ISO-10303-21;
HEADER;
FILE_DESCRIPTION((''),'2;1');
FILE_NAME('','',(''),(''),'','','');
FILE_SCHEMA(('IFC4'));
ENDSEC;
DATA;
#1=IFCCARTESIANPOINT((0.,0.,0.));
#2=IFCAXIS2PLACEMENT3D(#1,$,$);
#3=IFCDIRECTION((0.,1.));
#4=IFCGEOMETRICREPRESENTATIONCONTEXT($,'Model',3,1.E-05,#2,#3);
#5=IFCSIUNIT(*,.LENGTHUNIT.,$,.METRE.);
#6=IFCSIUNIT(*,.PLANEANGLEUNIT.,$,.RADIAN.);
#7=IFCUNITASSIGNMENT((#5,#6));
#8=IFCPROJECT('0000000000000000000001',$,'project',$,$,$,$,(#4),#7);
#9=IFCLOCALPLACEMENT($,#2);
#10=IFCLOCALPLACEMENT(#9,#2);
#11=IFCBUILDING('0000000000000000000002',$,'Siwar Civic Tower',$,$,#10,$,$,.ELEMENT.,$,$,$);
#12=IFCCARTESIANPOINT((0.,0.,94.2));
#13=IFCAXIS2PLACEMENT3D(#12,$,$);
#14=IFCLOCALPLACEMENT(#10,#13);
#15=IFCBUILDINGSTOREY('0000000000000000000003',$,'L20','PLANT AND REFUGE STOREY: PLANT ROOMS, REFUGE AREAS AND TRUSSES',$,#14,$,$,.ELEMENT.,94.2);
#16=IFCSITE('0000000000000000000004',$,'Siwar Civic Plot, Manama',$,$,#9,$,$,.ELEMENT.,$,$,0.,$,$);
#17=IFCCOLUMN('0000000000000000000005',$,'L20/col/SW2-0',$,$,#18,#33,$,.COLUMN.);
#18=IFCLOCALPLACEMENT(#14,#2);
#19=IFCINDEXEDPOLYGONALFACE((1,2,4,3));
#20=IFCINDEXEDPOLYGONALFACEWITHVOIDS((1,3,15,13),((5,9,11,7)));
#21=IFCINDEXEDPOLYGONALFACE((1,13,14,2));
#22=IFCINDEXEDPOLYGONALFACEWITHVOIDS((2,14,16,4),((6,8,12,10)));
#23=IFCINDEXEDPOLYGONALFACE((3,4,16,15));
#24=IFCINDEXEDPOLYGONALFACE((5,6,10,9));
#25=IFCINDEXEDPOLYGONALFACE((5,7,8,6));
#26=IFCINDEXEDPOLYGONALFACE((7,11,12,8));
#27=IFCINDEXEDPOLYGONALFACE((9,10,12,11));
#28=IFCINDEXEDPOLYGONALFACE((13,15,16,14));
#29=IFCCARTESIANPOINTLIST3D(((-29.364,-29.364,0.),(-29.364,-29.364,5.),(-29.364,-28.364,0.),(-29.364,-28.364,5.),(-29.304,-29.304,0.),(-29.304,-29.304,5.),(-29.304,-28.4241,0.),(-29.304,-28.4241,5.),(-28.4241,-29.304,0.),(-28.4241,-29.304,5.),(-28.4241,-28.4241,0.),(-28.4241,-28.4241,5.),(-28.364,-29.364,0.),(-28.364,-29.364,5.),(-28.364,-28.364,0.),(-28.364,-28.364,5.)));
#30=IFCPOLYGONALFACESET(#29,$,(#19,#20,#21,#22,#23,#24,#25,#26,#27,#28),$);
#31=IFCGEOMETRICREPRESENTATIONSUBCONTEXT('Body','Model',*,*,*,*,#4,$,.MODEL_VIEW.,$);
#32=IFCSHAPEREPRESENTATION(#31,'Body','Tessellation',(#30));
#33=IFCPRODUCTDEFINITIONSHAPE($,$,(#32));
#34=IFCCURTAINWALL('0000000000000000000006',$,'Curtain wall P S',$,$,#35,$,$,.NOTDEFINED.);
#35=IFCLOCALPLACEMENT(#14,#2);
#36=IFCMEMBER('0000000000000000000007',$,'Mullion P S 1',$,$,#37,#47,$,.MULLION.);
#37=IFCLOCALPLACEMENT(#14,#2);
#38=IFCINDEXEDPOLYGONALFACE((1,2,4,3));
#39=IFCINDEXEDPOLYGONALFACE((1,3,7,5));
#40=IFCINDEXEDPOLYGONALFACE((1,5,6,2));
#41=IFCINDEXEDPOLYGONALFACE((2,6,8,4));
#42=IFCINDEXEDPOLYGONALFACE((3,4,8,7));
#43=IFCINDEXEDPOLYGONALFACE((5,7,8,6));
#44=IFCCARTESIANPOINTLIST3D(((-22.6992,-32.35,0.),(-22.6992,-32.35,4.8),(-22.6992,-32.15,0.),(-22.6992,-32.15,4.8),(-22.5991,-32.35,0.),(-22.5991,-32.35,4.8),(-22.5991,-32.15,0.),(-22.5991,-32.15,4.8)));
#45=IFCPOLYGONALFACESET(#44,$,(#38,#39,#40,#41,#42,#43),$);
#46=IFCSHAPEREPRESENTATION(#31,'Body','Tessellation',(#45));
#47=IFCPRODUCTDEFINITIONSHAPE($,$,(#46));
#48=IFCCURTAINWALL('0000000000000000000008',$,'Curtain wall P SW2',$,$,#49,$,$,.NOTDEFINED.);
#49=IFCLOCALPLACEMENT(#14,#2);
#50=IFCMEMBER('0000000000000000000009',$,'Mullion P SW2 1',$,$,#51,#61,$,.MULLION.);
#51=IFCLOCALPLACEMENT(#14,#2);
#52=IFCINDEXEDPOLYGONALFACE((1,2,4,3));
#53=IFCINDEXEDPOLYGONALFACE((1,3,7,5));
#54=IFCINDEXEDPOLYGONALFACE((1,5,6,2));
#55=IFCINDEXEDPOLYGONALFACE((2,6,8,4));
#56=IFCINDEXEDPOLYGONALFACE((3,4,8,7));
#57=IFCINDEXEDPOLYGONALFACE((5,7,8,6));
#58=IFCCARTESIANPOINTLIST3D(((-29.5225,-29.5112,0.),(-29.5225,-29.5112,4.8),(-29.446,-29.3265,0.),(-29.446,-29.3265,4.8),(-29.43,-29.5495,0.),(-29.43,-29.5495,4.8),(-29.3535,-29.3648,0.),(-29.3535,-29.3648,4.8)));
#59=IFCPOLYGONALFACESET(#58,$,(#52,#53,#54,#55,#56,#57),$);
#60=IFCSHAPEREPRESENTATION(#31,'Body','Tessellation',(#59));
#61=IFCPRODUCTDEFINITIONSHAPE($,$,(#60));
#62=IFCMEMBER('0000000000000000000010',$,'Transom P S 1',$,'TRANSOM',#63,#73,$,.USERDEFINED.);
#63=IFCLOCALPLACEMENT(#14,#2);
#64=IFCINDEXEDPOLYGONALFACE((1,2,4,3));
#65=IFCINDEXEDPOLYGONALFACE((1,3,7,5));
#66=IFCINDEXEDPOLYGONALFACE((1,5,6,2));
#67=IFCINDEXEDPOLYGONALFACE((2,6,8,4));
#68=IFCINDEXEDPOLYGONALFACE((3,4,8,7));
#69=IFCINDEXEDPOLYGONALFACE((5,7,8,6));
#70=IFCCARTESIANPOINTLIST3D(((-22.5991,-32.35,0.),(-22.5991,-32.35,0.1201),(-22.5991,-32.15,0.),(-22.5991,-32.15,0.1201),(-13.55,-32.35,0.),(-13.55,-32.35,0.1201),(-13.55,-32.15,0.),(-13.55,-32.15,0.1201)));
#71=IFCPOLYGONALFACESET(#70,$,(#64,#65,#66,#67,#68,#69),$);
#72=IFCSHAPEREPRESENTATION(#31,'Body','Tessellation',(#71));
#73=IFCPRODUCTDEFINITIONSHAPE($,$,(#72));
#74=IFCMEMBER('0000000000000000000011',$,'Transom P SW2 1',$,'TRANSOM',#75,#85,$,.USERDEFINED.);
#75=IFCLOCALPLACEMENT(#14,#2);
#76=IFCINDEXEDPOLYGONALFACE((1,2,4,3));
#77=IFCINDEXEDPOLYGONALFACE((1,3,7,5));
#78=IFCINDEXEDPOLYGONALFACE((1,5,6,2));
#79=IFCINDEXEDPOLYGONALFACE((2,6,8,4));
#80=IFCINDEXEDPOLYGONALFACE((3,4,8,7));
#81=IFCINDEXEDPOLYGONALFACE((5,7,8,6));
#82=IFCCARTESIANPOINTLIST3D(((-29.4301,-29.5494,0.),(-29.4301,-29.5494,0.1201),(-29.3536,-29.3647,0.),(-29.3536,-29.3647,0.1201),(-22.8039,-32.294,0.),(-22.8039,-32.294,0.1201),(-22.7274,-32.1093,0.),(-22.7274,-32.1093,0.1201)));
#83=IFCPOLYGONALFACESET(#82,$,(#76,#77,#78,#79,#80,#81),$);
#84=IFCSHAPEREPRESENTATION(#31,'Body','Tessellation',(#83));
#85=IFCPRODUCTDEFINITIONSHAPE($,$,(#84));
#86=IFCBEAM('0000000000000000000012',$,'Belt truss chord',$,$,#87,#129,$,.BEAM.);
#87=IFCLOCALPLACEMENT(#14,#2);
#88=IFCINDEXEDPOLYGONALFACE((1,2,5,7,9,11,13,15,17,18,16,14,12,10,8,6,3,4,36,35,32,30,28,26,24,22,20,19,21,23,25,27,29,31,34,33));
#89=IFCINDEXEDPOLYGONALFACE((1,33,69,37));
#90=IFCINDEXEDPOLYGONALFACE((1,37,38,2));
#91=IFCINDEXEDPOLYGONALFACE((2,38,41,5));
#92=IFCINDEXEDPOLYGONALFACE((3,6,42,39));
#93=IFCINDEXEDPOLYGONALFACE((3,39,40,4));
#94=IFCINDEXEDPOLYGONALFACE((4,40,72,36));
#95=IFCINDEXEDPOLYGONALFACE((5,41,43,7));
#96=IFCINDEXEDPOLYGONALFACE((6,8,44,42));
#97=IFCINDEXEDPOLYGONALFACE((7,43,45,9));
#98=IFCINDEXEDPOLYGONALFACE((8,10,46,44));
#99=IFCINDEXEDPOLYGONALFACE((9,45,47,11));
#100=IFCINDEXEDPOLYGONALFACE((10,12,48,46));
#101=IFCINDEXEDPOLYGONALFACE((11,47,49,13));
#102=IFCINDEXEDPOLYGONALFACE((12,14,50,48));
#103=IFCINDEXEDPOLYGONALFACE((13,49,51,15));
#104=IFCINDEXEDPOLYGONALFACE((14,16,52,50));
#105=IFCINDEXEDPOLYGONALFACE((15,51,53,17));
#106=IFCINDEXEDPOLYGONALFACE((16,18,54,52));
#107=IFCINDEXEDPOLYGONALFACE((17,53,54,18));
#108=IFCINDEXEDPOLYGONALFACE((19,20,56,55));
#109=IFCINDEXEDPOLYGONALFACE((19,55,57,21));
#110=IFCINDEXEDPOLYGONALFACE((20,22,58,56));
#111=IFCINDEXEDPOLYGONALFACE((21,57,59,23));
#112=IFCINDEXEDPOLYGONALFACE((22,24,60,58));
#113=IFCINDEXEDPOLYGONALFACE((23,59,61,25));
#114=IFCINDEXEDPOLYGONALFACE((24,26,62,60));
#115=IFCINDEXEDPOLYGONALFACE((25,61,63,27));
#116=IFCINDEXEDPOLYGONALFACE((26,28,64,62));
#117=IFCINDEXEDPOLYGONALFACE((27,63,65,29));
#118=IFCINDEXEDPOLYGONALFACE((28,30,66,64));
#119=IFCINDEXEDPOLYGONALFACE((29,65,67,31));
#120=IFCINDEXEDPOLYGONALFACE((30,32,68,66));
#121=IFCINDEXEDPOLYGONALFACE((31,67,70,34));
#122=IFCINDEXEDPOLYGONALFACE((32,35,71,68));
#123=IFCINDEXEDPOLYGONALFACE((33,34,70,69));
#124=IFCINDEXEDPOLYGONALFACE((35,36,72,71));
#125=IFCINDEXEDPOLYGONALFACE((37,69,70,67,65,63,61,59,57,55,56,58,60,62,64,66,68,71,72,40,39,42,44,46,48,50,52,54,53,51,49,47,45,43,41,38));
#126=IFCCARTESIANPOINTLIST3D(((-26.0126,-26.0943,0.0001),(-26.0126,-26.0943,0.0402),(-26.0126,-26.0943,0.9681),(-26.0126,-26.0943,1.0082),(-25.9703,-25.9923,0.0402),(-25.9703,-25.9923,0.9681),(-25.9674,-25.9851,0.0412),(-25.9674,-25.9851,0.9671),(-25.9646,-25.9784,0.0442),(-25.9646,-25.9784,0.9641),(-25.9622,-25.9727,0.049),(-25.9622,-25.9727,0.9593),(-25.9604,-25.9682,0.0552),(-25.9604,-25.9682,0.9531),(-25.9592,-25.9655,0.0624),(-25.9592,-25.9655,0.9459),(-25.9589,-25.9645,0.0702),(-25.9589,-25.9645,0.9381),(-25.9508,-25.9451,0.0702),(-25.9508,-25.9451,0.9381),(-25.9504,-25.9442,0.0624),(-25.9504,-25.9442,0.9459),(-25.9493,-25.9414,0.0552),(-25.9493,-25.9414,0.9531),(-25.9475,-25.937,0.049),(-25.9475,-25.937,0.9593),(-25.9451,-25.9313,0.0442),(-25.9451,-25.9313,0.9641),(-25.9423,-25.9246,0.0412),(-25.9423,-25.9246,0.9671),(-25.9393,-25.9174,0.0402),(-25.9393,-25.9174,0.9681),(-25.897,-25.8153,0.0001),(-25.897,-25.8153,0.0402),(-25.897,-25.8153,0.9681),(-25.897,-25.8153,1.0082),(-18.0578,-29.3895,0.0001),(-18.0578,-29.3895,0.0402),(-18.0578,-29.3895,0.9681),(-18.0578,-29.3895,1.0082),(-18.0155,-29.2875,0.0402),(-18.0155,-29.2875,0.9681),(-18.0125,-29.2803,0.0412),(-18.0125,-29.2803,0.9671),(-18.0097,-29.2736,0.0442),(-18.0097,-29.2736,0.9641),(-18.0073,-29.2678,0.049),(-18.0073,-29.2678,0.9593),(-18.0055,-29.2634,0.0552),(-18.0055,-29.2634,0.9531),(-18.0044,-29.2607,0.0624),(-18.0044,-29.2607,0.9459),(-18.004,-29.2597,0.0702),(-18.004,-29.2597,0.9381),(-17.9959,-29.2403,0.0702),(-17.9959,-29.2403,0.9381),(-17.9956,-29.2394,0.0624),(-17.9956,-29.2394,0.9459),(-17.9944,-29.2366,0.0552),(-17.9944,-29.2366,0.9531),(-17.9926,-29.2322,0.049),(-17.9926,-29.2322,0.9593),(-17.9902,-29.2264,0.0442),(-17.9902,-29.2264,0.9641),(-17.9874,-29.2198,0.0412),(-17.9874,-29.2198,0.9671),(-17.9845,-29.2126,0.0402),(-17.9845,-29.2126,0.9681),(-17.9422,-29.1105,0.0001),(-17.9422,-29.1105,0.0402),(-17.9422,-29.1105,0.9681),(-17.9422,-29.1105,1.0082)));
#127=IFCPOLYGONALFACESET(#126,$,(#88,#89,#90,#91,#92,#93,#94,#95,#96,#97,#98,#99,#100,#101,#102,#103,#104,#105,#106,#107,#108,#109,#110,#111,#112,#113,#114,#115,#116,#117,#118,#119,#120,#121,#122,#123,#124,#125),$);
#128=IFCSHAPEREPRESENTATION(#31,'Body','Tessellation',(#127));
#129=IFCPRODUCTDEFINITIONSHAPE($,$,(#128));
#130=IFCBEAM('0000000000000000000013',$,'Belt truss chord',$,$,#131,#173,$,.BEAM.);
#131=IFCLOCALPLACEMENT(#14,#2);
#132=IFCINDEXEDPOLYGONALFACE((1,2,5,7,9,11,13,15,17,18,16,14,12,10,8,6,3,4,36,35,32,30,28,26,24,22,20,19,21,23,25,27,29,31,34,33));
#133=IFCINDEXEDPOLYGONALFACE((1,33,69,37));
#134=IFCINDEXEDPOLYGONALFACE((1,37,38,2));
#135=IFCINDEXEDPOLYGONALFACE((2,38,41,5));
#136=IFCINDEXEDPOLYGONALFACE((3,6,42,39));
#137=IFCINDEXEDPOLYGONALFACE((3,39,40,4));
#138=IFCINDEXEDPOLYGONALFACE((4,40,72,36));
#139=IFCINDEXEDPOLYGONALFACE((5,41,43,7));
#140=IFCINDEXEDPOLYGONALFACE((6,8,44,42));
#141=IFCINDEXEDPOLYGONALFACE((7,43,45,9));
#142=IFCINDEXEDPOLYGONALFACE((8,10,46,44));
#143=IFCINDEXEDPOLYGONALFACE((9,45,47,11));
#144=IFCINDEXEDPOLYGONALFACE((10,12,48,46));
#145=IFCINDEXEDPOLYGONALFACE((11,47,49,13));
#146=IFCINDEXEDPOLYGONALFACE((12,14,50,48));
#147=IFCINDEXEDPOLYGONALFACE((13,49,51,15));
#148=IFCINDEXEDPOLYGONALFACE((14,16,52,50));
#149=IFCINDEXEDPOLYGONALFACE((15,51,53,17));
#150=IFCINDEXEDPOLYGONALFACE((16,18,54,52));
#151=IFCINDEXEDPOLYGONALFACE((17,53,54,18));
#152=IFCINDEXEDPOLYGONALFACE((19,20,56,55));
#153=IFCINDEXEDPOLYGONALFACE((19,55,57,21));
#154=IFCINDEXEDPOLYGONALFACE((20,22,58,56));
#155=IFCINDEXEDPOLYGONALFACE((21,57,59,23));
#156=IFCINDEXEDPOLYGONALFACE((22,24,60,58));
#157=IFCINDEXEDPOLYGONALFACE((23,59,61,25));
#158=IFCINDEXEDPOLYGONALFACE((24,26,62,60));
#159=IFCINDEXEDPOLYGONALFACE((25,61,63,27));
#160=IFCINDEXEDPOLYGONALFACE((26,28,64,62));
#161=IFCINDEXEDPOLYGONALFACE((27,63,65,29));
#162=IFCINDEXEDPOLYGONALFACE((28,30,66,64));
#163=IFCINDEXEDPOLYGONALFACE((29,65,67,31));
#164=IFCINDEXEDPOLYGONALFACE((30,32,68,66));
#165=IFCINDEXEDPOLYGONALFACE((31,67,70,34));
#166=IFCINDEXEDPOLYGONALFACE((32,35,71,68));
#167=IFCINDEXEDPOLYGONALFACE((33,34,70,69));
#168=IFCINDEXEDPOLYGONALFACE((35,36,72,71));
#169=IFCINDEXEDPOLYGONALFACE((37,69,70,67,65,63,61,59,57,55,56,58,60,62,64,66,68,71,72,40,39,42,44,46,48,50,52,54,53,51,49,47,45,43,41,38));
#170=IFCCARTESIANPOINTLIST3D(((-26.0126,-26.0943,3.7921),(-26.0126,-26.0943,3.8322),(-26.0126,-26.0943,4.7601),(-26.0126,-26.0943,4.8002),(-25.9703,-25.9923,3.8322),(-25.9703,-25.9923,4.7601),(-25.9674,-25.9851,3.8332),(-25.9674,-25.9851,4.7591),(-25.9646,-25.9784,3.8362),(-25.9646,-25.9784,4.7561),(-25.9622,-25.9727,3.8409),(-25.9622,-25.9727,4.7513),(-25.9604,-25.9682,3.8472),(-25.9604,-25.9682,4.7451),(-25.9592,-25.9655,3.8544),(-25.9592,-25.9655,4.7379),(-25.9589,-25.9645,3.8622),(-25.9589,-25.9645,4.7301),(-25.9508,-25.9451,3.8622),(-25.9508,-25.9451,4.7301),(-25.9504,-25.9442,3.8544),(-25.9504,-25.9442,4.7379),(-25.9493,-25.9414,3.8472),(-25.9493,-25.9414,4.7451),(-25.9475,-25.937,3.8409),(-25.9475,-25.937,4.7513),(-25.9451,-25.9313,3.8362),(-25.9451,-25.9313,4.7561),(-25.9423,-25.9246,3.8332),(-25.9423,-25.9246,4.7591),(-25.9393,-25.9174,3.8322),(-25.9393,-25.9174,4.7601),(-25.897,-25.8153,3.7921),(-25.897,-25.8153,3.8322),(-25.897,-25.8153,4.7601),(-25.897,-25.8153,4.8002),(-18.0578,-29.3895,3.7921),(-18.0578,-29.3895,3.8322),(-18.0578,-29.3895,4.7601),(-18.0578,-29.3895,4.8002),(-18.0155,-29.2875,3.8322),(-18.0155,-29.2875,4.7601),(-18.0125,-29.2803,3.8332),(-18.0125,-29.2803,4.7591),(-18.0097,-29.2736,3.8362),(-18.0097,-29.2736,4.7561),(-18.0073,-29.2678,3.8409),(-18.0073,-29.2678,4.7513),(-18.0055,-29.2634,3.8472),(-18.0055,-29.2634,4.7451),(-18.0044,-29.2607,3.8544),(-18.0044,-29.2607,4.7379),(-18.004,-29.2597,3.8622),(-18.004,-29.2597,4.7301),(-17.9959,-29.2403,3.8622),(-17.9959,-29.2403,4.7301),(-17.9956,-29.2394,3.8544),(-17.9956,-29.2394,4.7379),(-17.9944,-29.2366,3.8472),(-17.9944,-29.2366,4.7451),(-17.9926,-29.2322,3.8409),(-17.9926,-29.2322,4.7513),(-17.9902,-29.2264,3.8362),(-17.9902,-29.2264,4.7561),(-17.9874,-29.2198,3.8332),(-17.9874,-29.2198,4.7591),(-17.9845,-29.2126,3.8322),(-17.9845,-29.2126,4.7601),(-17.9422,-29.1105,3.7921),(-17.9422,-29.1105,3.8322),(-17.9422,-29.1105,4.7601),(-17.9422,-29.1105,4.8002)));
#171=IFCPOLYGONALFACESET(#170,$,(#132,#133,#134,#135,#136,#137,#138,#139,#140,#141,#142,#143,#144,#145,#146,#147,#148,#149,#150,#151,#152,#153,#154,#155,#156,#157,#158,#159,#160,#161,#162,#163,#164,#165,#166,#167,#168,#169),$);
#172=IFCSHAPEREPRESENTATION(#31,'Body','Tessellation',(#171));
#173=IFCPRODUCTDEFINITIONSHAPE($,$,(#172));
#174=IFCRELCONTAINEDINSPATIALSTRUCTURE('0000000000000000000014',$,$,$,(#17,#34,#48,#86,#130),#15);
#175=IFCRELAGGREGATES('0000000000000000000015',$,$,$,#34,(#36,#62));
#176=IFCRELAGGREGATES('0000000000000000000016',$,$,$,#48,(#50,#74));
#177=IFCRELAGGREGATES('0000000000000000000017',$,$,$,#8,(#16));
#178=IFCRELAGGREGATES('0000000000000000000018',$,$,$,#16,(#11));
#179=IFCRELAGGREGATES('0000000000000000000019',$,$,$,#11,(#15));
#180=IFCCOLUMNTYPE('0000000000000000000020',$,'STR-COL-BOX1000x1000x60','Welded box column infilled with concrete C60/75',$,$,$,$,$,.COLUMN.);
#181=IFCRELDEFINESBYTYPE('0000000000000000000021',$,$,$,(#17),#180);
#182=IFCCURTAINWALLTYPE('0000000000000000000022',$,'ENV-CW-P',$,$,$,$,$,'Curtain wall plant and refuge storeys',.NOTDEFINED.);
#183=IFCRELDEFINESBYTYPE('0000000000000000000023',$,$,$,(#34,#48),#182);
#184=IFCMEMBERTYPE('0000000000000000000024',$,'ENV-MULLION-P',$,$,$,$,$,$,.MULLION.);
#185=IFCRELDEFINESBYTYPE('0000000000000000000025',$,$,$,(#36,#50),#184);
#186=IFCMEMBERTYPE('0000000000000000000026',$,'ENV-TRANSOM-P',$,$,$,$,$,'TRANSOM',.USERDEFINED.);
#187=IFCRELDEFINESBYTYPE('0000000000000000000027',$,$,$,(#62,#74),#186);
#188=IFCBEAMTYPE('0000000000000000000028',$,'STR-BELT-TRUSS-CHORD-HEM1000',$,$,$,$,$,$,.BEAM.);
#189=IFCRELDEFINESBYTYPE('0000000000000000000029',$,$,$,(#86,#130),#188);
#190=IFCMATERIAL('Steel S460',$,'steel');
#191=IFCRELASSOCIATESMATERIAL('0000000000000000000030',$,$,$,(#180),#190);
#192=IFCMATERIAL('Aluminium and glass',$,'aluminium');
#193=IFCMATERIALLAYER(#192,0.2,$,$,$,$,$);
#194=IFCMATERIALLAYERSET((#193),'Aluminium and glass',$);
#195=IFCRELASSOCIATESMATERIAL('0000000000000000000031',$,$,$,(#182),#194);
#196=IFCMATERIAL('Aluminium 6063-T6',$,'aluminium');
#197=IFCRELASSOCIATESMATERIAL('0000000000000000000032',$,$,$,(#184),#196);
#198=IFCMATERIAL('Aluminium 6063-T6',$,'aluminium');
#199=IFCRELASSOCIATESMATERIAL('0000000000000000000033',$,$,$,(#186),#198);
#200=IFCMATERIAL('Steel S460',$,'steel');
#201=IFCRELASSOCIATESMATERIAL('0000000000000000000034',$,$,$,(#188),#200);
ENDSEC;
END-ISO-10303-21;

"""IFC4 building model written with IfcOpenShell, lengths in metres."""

from ifc_helpers import new_model, si_unit, direction, frame, origin, origin_2d, place, context, subcontext, project, spatial, rectangle, hollow_rectangle, i_section, extrude, material, layer, layer_set, material_profile, profile_set, type_object, element, aggregate, save


model = new_model("IFC4")

# Units and contexts
model_context = context("Model", 3, precision=1e-05, world=origin(), true_north=direction((0.0, 1.0)))
body_context = subcontext(model_context, "Body", "Model", "MODEL_VIEW")
ifc_project = project(units=[si_unit("LENGTHUNIT", "METRE"), si_unit("PLANEANGLEUNIT", "RADIAN")], contexts=[model_context])

# Site, building, storey
site_placement = place(None, origin())
site = spatial("IfcSite", under=ifc_project, at=site_placement, Name="Siwar Civic Plot, Manama", CompositionType="ELEMENT", RefElevation=0.0)
building_placement = place(site_placement, origin())
building = spatial("IfcBuilding", under=site, at=building_placement, Name="Siwar Civic Tower", CompositionType="ELEMENT")
storey_placement = place(building_placement, frame((0.0, 0.0, 94.2)))
storey = spatial("IfcBuildingStorey", under=building, at=storey_placement, Name="L20", Description="PLANT AND REFUGE STOREY: PLANT ROOMS, REFUGE AREAS AND TRUSSES", CompositionType="ELEMENT", Elevation=94.2)

# Column
ifc_material_1 = material(Name="Steel S460", Category="steel")
ifc_material_profile_1 = material_profile(ifc_material_1, hollow_rectangle(XDim=1.0, YDim=1.0, WallThickness=0.0601, at=origin_2d()), Name="BOX1000x1000x60")
ifc_profile_set_1 = profile_set([ifc_material_profile_1], Name="Steel S460")
column_type = type_object("IfcColumnType", Name="STR-COL-BOX1000x1000x60", Description="Welded box column infilled with concrete C60/75", PredefinedType="COLUMN", material=ifc_profile_set_1)
column_placement = place(storey_placement, frame((-28.864, -28.864, 0.0), z_axis=(0.0, 0.0, 1.0), x_axis=(1.0, 0.0, 0.0)))
element("IfcColumn", 1, at=column_placement, inside=storey, type_object=column_type, Name="L20/col/SW2-0", PredefinedType="COLUMN", context=body_context, shape_type="SweptSolid", body=[
    extrude(hollow_rectangle(XDim=1.0, YDim=1.0, WallThickness=0.0601, at=origin_2d()), origin(), (0.0, 0.0, 1.0), 5.0),
])

# Curtain walls, members
ifc_material_2 = material(Name="Aluminium and glass", Category="aluminium")
ifc_layer_1 = layer(ifc_material_2, 0.2)
ifc_layer_set_1 = layer_set([ifc_layer_1], Name="Aluminium and glass")
curtain_wall_type = type_object("IfcCurtainWallType", Name="ENV-CW-P", ElementType="Curtain wall plant and refuge storeys", PredefinedType="NOTDEFINED", material=ifc_layer_set_1)
curtain_wall_1_placement = place(storey_placement, origin())
curtain_wall_1 = element("IfcCurtainWall", 2, at=curtain_wall_1_placement, inside=storey, type_object=curtain_wall_type, Name="Curtain wall P S", PredefinedType="NOTDEFINED")
ifc_material_3 = material(Name="Aluminium 6063-T6", Category="aluminium")
ifc_material_profile_2 = material_profile(ifc_material_3, rectangle(XDim=0.2, YDim=0.1001, at=origin_2d()), Name="AL 200x100")
ifc_profile_set_2 = profile_set([ifc_material_profile_2], Name="Aluminium 6063-T6")
member_type_1 = type_object("IfcMemberType", Name="ENV-MULLION-P", PredefinedType="MULLION", material=ifc_profile_set_2)
member_1_placement = place(storey_placement, frame((-22.6492, -32.25, 0.0), z_axis=(0.0, 0.0, 1.0), x_axis=(0.0, 1.0, 0.0)))
member_1 = element("IfcMember", 3, at=member_1_placement, type_object=member_type_1, Name="Mullion P S 1", PredefinedType="MULLION", context=body_context, shape_type="SweptSolid", body=[
    extrude(rectangle(XDim=0.2, YDim=0.1001, at=origin_2d()), origin(), (0.0, 0.0, 1.0), 4.8),
])
curtain_wall_2_placement = place(storey_placement, origin())
curtain_wall_2 = element("IfcCurtainWall", 4, at=curtain_wall_2_placement, inside=storey, type_object=curtain_wall_type, Name="Curtain wall P SW2", PredefinedType="NOTDEFINED")
member_2_placement = place(storey_placement, frame((-29.438, -29.438, 0.0), z_axis=(0.0, 0.0, 1.0), x_axis=(0.382683, 0.92388, 0.0)))
member_2 = element("IfcMember", 5, at=member_2_placement, type_object=member_type_1, Name="Mullion P SW2 1", PredefinedType="MULLION", context=body_context, shape_type="SweptSolid", body=[
    extrude(rectangle(XDim=0.2, YDim=0.1001, at=origin_2d()), origin(), (0.0, 0.0, 1.0), 4.8),
])

# Members
ifc_material_4 = material(Name="Aluminium 6063-T6", Category="aluminium")
ifc_material_profile_3 = material_profile(ifc_material_4, rectangle(XDim=0.2, YDim=0.1201, at=origin_2d()), Name="AL 200x120")
ifc_profile_set_3 = profile_set([ifc_material_profile_3], Name="Aluminium 6063-T6")
member_type_2 = type_object("IfcMemberType", Name="ENV-TRANSOM-P", ElementType="TRANSOM", PredefinedType="USERDEFINED", material=ifc_profile_set_3)
member_3_placement = place(storey_placement, frame((-22.5991, -32.25, 0.0601), z_axis=(1.0, 0.0, 0.0), x_axis=(0.0, 1.0, 0.0)))
member_3 = element("IfcMember", 6, at=member_3_placement, type_object=member_type_2, Name="Transom P S 1", ObjectType="TRANSOM", PredefinedType="USERDEFINED", context=body_context, shape_type="SweptSolid", body=[
    extrude(rectangle(XDim=0.2, YDim=0.1201, at=origin_2d()), origin(), (0.0, 0.0, 1.0), 9.0491),
])
aggregate(curtain_wall_1, [member_1, member_3])
member_4_placement = place(storey_placement, frame((-29.3918, -29.457, 0.0601), z_axis=(0.923882, -0.382678, 0.0), x_axis=(0.382678, 0.923882, 0.0)))
member_4 = element("IfcMember", 7, at=member_4_placement, type_object=member_type_2, Name="Transom P SW2 1", ObjectType="TRANSOM", PredefinedType="USERDEFINED", context=body_context, shape_type="SweptSolid", body=[
    extrude(rectangle(XDim=0.2, YDim=0.1201, at=origin_2d()), origin(), (0.0, 0.0, 1.0), 7.1721),
])

# Beams
ifc_material_5 = material(Name="Steel S460", Category="steel")
ifc_material_profile_4 = material_profile(ifc_material_5, i_section(OverallWidth=0.302, OverallDepth=1.0081, WebThickness=0.021, FlangeThickness=0.04, FilletRadius=0.03, at=origin_2d()), Name="HEM1000")
ifc_profile_set_4 = profile_set([ifc_material_profile_4], Name="Steel S460")
beam_type_1 = type_object("IfcBeamType", Name="STR-BELT-TRUSS-CHORD-HEM1000", PredefinedType="BEAM", material=ifc_profile_set_4)
for number, where, z_axis, x_axis, name in (
    (8, (-25.9548, -25.9548, 0.5042), (0.923873, -0.3827, 0.0), (0.3827, 0.923873, 0.0), "Belt truss chord"),
    (9, (-25.9548, -25.9548, 4.2961), (0.923873, -0.3827, 0.0), (0.3827, 0.923873, 0.0), "Belt truss chord"),
):
    element("IfcBeam", number, at=place(storey_placement, frame(where, z_axis=z_axis, x_axis=x_axis)), inside=storey, type_object=beam_type_1, Name=name, PredefinedType="BEAM", context=body_context, shape_type="SweptSolid", body=[
        extrude(i_section(OverallWidth=0.302, OverallDepth=1.0081, WebThickness=0.021, FlangeThickness=0.04, FilletRadius=0.03, at=origin_2d()), origin(), (0.0, 0.0, 1.0), 8.6104),
    ])

aggregate(curtain_wall_2, [member_2, member_4])

save(model, "model.ifc")
